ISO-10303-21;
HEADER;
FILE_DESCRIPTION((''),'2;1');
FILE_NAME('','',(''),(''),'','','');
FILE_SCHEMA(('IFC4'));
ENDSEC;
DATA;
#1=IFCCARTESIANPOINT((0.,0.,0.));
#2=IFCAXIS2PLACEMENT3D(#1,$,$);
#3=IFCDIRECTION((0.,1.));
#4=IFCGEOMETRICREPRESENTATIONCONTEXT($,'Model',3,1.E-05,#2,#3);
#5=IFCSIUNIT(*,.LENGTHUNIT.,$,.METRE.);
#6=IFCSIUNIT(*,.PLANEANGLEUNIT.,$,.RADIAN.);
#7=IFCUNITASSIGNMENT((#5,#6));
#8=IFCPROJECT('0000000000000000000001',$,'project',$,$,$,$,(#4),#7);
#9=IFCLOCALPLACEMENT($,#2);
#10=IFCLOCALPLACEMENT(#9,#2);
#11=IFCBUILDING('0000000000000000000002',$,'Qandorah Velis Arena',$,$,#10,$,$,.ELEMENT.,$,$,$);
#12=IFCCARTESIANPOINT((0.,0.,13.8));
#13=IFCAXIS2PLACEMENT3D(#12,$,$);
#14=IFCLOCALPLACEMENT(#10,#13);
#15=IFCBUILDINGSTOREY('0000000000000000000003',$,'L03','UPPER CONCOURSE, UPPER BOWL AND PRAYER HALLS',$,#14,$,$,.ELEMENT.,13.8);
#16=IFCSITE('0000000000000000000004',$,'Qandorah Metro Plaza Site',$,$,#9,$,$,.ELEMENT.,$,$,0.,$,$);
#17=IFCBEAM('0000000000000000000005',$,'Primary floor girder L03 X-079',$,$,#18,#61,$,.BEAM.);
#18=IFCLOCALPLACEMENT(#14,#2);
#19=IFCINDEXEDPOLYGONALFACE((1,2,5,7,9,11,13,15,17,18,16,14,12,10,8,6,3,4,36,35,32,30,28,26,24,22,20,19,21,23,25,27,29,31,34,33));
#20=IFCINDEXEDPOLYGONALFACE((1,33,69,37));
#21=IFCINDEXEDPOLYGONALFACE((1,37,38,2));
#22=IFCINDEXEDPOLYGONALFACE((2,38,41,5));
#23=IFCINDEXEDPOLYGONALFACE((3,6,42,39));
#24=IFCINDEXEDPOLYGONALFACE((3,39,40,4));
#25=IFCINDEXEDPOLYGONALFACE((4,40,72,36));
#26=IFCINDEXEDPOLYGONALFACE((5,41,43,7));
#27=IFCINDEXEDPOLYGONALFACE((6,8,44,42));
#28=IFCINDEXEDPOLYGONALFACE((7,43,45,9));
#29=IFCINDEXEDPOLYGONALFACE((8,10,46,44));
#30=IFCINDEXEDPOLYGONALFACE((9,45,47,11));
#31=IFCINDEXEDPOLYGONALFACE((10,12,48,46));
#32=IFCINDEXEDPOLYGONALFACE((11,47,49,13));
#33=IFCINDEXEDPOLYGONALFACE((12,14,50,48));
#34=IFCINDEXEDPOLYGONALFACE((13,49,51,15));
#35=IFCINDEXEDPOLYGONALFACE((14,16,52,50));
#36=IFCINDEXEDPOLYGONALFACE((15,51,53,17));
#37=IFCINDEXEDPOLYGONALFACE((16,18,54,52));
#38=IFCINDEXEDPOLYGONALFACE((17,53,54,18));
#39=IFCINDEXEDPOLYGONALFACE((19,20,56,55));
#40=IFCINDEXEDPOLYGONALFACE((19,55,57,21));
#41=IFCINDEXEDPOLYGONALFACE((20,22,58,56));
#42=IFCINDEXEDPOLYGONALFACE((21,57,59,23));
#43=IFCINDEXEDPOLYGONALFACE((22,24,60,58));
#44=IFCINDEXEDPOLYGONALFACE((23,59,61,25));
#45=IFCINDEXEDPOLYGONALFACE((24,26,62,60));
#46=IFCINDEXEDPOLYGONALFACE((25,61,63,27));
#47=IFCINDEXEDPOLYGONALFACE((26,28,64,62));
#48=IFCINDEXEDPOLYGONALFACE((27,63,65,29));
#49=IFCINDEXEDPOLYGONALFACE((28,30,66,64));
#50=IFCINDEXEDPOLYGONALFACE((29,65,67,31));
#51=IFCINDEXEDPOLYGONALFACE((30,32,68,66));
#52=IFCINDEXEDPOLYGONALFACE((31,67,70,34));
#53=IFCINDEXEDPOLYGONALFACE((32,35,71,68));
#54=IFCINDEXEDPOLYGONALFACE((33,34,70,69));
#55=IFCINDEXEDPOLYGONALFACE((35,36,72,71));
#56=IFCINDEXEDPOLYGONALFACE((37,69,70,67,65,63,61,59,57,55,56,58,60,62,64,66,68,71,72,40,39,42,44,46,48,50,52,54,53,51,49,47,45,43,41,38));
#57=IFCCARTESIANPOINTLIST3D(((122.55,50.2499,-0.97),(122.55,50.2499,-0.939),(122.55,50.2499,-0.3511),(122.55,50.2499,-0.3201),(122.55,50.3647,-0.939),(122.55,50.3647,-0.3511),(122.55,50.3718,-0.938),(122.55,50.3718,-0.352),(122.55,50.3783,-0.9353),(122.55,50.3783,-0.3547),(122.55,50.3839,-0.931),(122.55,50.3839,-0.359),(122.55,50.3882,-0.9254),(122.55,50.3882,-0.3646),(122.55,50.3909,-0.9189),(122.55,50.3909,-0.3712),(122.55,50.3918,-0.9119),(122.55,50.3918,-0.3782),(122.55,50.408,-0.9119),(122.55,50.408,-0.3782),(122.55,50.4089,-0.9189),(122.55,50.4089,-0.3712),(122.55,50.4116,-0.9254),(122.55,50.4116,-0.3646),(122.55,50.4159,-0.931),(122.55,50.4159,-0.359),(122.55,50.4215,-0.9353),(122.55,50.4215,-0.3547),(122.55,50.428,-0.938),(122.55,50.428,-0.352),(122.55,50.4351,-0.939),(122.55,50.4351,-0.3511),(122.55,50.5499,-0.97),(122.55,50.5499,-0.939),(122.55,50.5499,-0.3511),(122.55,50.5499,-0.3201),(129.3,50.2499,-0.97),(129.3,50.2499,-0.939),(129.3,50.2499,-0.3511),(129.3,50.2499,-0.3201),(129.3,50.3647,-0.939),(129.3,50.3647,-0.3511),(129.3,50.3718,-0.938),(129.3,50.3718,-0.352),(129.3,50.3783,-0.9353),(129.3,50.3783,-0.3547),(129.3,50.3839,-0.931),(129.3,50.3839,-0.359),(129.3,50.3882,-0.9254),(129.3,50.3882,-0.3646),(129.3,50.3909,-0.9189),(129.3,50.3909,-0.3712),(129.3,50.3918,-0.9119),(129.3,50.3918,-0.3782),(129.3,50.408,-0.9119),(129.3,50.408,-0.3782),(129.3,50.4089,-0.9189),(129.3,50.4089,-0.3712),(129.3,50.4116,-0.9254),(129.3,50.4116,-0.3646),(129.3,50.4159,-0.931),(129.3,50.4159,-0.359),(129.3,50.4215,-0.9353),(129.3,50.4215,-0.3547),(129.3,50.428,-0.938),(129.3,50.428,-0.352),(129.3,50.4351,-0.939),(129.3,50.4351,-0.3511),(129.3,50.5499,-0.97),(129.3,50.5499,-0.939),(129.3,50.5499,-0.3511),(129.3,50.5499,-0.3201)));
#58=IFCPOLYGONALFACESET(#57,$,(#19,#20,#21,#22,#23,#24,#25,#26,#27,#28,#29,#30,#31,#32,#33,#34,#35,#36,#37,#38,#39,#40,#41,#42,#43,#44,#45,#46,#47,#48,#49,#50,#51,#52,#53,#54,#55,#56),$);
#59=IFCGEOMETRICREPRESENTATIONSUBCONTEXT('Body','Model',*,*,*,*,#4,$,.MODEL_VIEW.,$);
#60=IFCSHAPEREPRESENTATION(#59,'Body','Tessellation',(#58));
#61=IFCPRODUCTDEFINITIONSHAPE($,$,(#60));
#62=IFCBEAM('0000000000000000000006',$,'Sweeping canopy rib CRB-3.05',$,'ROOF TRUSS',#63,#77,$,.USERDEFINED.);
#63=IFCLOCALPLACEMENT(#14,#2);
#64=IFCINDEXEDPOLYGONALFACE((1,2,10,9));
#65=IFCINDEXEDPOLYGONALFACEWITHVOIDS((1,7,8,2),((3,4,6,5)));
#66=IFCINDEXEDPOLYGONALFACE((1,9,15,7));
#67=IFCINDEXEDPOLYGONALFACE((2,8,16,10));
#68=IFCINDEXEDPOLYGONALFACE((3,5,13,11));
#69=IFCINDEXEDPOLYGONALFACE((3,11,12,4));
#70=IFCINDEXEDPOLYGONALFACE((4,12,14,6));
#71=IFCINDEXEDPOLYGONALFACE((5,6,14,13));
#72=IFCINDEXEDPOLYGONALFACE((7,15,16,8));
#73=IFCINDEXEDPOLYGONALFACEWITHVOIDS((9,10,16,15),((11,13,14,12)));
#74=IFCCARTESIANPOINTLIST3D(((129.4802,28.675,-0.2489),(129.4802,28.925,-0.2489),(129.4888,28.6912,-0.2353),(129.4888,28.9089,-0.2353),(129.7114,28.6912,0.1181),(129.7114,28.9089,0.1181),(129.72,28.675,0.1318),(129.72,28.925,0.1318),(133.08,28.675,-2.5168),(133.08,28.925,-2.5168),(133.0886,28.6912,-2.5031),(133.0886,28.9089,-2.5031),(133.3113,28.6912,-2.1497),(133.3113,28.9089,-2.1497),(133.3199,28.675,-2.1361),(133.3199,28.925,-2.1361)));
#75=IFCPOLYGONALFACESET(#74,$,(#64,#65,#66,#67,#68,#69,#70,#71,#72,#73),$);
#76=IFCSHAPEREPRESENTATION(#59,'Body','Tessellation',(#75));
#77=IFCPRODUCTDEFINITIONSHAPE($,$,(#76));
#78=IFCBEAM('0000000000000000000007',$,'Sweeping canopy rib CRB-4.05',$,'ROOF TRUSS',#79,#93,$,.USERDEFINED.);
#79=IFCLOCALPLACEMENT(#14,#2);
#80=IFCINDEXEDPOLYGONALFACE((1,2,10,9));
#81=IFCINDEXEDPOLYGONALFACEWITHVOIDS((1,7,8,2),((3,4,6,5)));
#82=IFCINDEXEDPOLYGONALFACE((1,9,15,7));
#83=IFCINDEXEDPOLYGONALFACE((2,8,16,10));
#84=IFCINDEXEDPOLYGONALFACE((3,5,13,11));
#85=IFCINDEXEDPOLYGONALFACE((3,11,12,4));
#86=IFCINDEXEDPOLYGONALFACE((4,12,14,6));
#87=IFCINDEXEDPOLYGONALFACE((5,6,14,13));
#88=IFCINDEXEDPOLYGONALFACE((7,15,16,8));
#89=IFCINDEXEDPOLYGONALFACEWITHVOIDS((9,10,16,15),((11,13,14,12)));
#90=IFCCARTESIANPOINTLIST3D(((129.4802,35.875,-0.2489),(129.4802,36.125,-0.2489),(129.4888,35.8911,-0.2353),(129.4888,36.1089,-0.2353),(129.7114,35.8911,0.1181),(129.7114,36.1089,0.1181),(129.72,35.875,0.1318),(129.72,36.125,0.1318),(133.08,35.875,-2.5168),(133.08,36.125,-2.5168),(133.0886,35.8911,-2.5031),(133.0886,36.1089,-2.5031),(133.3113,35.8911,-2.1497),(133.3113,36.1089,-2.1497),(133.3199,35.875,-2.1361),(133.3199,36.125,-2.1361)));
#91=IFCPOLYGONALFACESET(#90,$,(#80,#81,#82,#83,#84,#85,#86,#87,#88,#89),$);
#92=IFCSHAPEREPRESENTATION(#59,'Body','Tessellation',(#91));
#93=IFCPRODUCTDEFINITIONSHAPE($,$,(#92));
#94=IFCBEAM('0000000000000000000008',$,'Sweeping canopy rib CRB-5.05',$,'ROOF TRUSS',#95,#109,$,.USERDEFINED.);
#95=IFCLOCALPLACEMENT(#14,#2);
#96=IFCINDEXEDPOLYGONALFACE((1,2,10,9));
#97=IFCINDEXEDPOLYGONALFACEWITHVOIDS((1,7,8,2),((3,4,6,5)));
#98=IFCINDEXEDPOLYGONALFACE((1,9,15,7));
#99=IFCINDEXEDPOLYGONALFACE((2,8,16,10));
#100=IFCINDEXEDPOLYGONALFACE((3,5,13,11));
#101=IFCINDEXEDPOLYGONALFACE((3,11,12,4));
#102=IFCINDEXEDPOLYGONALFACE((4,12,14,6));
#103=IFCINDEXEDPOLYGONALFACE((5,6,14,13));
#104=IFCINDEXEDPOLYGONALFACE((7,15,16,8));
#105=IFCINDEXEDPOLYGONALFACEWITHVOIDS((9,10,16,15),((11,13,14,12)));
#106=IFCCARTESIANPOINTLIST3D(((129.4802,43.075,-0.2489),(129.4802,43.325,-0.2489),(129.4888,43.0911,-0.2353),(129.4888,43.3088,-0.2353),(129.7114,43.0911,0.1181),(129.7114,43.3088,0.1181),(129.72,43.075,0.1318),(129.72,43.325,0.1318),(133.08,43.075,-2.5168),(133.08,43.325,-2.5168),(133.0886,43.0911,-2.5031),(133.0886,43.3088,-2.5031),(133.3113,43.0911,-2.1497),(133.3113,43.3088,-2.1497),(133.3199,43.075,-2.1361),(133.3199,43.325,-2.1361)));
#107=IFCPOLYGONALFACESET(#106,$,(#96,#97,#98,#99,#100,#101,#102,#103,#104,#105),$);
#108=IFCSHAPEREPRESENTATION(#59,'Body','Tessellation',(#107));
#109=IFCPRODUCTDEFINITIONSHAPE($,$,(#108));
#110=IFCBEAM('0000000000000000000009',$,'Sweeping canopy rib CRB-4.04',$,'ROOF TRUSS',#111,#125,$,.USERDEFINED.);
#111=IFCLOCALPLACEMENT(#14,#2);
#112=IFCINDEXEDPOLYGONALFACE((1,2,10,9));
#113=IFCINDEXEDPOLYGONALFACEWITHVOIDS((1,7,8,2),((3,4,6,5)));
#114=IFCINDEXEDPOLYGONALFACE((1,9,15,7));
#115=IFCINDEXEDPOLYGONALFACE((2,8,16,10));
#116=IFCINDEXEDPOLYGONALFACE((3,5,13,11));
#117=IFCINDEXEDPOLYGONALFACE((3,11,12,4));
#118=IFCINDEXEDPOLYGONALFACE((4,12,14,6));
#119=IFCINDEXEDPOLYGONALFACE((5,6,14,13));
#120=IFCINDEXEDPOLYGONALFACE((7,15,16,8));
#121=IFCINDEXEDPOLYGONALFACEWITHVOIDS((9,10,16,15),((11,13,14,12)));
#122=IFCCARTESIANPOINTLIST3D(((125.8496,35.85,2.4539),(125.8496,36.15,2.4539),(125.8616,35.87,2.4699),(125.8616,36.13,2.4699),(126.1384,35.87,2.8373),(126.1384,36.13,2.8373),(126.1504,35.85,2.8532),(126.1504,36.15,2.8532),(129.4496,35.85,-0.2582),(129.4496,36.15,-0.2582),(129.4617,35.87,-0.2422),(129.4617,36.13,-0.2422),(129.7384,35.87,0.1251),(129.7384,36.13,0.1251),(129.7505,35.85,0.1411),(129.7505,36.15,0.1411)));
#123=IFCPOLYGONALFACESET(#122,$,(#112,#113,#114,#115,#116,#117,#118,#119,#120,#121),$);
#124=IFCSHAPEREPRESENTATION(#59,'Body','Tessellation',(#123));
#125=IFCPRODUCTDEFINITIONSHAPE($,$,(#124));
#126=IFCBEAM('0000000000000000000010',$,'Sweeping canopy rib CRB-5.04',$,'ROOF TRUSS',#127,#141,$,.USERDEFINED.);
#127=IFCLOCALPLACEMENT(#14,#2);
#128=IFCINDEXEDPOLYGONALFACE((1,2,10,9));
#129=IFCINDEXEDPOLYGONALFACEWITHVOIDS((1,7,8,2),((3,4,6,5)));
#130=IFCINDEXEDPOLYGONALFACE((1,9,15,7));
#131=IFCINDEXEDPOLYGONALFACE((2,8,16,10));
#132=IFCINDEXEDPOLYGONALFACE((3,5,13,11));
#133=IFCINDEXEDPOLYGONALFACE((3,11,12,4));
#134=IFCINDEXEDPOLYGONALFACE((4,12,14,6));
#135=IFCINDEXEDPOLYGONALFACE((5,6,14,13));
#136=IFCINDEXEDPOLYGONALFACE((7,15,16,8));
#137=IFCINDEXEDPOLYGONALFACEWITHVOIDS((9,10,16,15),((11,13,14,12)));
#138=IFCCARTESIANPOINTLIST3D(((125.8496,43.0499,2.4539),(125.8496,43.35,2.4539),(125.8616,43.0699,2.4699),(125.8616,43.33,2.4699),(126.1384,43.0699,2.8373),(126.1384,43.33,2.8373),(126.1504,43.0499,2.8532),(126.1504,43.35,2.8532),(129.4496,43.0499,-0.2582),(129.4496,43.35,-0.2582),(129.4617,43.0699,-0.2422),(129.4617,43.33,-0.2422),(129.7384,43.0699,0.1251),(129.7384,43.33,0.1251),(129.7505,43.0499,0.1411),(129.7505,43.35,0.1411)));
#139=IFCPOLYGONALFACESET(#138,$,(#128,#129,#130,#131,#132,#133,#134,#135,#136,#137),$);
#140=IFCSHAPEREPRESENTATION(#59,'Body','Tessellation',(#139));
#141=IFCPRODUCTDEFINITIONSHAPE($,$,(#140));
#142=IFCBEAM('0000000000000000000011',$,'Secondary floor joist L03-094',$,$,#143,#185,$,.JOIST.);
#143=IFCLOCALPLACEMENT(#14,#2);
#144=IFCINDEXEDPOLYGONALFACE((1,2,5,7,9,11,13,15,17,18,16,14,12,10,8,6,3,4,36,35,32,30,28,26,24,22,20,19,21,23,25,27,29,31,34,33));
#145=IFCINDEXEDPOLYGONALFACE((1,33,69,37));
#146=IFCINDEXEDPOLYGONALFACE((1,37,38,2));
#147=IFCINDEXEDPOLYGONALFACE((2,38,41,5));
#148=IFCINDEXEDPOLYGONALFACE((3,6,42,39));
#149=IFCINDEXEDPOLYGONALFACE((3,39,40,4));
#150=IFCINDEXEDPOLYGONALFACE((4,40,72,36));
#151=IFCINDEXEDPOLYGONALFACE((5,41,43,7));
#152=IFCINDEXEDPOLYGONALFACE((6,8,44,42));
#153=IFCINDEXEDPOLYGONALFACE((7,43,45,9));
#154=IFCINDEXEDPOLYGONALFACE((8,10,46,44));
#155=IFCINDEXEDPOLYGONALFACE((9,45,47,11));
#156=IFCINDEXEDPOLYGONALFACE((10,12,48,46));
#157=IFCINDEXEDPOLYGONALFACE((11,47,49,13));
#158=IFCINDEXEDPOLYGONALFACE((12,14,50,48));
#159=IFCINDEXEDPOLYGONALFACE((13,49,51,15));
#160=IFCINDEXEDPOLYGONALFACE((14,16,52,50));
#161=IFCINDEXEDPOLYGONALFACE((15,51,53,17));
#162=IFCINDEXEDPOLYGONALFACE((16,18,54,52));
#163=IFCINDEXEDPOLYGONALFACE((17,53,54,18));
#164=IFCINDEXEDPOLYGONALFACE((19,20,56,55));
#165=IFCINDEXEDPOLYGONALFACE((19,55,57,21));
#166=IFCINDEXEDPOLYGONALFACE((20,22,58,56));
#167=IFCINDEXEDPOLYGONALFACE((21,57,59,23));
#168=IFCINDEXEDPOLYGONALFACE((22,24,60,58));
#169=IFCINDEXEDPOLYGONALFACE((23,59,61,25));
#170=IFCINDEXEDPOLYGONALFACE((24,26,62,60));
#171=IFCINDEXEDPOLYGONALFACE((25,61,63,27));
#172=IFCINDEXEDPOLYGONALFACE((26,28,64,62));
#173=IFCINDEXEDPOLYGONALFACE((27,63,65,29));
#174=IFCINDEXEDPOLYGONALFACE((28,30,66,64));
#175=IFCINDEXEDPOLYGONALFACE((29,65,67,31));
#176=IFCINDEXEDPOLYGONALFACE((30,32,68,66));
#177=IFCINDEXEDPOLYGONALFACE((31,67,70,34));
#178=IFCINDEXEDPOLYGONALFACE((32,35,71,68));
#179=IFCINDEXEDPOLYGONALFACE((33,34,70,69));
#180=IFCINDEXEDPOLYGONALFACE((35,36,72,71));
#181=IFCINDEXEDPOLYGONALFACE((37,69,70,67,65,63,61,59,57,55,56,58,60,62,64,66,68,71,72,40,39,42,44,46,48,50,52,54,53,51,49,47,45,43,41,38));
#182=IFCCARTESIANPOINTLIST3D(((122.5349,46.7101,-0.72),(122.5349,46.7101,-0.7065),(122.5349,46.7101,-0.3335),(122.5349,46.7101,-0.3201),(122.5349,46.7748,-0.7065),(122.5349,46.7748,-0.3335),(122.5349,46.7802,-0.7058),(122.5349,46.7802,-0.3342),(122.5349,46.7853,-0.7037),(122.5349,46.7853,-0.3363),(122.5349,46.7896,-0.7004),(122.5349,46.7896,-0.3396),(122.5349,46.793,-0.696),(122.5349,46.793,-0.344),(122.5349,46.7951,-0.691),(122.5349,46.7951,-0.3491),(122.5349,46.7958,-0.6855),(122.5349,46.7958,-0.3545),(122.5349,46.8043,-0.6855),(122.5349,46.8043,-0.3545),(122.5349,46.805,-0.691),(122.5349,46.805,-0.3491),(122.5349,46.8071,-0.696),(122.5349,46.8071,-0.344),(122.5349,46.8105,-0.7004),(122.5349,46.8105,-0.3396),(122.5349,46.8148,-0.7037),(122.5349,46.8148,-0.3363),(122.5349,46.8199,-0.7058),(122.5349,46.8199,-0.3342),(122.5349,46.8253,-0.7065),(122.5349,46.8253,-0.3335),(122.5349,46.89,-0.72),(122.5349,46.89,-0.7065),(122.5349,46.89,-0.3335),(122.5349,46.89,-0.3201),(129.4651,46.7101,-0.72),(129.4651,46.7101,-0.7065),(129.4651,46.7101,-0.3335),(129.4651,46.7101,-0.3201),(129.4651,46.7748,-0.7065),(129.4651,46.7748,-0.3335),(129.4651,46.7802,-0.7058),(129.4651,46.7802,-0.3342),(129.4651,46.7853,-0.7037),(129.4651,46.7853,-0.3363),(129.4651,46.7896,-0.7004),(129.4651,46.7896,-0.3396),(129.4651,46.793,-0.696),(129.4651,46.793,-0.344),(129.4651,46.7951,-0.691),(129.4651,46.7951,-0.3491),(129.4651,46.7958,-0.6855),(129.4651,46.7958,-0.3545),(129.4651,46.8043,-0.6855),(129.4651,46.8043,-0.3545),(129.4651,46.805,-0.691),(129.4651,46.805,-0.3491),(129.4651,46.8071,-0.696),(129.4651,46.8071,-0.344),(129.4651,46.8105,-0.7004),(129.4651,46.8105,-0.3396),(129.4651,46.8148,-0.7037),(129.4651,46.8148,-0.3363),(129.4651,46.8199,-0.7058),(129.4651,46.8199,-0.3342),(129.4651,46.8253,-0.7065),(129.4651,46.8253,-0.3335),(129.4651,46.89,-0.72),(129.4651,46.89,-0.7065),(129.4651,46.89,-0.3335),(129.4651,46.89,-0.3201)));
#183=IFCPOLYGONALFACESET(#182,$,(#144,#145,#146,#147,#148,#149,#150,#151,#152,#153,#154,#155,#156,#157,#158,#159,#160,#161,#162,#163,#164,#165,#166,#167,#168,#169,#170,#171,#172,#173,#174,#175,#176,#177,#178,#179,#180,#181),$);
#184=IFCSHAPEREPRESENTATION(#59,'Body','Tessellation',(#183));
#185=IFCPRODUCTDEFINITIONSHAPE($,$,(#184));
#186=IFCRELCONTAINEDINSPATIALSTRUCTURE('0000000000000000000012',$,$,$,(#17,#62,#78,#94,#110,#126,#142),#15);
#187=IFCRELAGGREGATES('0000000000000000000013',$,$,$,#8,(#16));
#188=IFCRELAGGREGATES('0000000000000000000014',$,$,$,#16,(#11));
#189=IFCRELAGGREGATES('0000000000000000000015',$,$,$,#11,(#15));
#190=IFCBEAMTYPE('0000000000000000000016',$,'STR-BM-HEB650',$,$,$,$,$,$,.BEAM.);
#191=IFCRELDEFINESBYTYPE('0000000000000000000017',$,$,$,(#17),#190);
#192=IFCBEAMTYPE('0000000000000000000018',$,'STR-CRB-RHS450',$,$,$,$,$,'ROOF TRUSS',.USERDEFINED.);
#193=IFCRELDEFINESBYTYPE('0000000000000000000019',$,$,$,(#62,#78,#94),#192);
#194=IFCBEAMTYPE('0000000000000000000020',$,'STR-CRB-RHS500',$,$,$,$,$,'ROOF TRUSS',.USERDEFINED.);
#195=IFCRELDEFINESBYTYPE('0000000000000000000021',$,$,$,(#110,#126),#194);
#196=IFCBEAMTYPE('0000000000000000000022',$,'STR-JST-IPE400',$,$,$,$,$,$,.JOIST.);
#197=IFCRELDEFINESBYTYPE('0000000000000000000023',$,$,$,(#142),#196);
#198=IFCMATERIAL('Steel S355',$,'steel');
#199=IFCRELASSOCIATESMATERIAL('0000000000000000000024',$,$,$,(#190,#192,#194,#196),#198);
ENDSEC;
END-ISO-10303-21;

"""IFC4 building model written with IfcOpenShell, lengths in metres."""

from ifc_helpers import new_model, si_unit, direction, frame, origin, origin_2d, place, context, subcontext, project, spatial, hollow_rectangle, i_section, extrude, material, material_profile, profile_set, type_object, element, save


model = new_model("IFC4")

# Units and contexts
model_context = context("Model", 3, precision=1e-05, world=origin(), true_north=direction((0.0, 1.0)))
body_context = subcontext(model_context, "Body", "Model", "MODEL_VIEW")
ifc_project = project(units=[si_unit("LENGTHUNIT", "METRE"), si_unit("PLANEANGLEUNIT", "RADIAN")], contexts=[model_context])

# Site, building, storey
site_placement = place(None, origin())
site = spatial("IfcSite", under=ifc_project, at=site_placement, Name="Qandorah Metro Plaza Site", CompositionType="ELEMENT", RefElevation=0.0)
building_placement = place(site_placement, origin())
building = spatial("IfcBuilding", under=site, at=building_placement, Name="Qandorah Velis Arena", CompositionType="ELEMENT")
storey_placement = place(building_placement, frame((0.0, 0.0, 13.8)))
storey = spatial("IfcBuildingStorey", under=building, at=storey_placement, Name="L03", Description="UPPER CONCOURSE, UPPER BOWL AND PRAYER HALLS", CompositionType="ELEMENT", Elevation=13.8)

# Beams
ifc_material_1 = material(Name="Steel S355", Category="steel")
ifc_material_profile_1 = material_profile(ifc_material_1, i_section(OverallWidth=0.3, OverallDepth=0.6499, WebThickness=0.0161, FlangeThickness=0.031, FilletRadius=0.0271, at=origin_2d()), Name="HEB 650")
ifc_profile_set_1 = profile_set([ifc_material_profile_1], Name="Steel S355")
beam_type_1 = type_object("IfcBeamType", Name="STR-BM-HEB650", PredefinedType="BEAM", material=ifc_profile_set_1)
beam_1_placement = place(storey_placement, frame((122.55, 50.3999, -0.645), z_axis=(1.0, 0.0, 0.0), x_axis=(0.0, 1.0, 0.0)))
element("IfcBeam", 1, at=beam_1_placement, inside=storey, type_object=beam_type_1, Name="Primary floor girder L03 X-079", PredefinedType="BEAM", context=body_context, shape_type="SweptSolid", body=[
    extrude(i_section(OverallWidth=0.3, OverallDepth=0.6499, WebThickness=0.0161, FlangeThickness=0.031, FilletRadius=0.0271, at=origin_2d()), origin(), (0.0, 0.0, 1.0), 6.75),
])
ifc_material_profile_2 = material_profile(ifc_material_1, hollow_rectangle(XDim=0.25, YDim=0.45, WallThickness=0.0161, at=origin_2d()), Name="RHS 450x250x16")
ifc_profile_set_2 = profile_set([ifc_material_profile_2], Name="Steel S355")
beam_type_2 = type_object("IfcBeamType", Name="STR-CRB-RHS450", ElementType="ROOF TRUSS", PredefinedType="USERDEFINED", material=ifc_profile_set_2)
for number, where, z_axis, x_axis, name in (
    (2, (129.6001, 28.8, -0.0586), (0.846101, 0.0, -0.533023), (0.0, 1.0, 0.0), "Sweeping canopy rib CRB-3.05"),
    (3, (129.6001, 36.0, -0.0586), (0.846101, 0.0, -0.533023), (0.0, 1.0, 0.0), "Sweeping canopy rib CRB-4.05"),
    (4, (129.6001, 43.2, -0.0586), (0.846101, 0.0, -0.533023), (0.0, 1.0, 0.0), "Sweeping canopy rib CRB-5.05"),
):
    element("IfcBeam", number, at=place(storey_placement, frame(where, z_axis=z_axis, x_axis=x_axis)), inside=storey, type_object=beam_type_2, Name=name, ObjectType="ROOF TRUSS", PredefinedType="USERDEFINED", context=body_context, shape_type="SweptSolid", body=[
        extrude(hollow_rectangle(XDim=0.25, YDim=0.45, WallThickness=0.0161, at=origin_2d()), origin(), (0.0, 0.0, 1.0), 4.2546),
    ])
ifc_material_profile_3 = material_profile(ifc_material_1, hollow_rectangle(XDim=0.3, YDim=0.5, WallThickness=0.02, at=origin_2d()), Name="RHS 500x300x20")
ifc_profile_set_3 = profile_set([ifc_material_profile_3], Name="Steel S355")
beam_type_3 = type_object("IfcBeamType", Name="STR-CRB-RHS500", ElementType="ROOF TRUSS", PredefinedType="USERDEFINED", material=ifc_profile_set_3)
for number, where, z_axis, x_axis, name in (
    (5, (126.0, 36.0, 2.6536), (0.798711, 0.0, -0.601715), (0.0, 1.0, 0.0), "Sweeping canopy rib CRB-4.04"),
    (6, (126.0, 43.2, 2.6536), (0.798711, 0.0, -0.601715), (0.0, 1.0, 0.0), "Sweeping canopy rib CRB-5.04"),
):
    element("IfcBeam", number, at=place(storey_placement, frame(where, z_axis=z_axis, x_axis=x_axis)), inside=storey, type_object=beam_type_3, Name=name, ObjectType="ROOF TRUSS", PredefinedType="USERDEFINED", context=body_context, shape_type="SweptSolid", body=[
        extrude(hollow_rectangle(XDim=0.3, YDim=0.5, WallThickness=0.02, at=origin_2d()), origin(), (0.0, 0.0, 1.0), 4.5073),
    ])
ifc_material_profile_4 = material_profile(ifc_material_1, i_section(OverallWidth=0.1799, OverallDepth=0.3999, WebThickness=0.0085, FlangeThickness=0.0134, FilletRadius=0.021, at=origin_2d()), Name="IPE 400")
ifc_profile_set_4 = profile_set([ifc_material_profile_4], Name="Steel S355")
beam_type_4 = type_object("IfcBeamType", Name="STR-JST-IPE400", PredefinedType="JOIST", material=ifc_profile_set_4)
beam_2_placement = place(storey_placement, frame((122.5349, 46.8, -0.52), z_axis=(1.0, 0.0, 0.0), x_axis=(0.0, 1.0, 0.0)))
element("IfcBeam", 7, at=beam_2_placement, inside=storey, type_object=beam_type_4, Name="Secondary floor joist L03-094", PredefinedType="JOIST", context=body_context, shape_type="SweptSolid", body=[
    extrude(i_section(OverallWidth=0.1799, OverallDepth=0.3999, WebThickness=0.0085, FlangeThickness=0.0134, FilletRadius=0.021, at=origin_2d()), origin(), (0.0, 0.0, 1.0), 6.9302),
])

save(model, "model.ifc")
